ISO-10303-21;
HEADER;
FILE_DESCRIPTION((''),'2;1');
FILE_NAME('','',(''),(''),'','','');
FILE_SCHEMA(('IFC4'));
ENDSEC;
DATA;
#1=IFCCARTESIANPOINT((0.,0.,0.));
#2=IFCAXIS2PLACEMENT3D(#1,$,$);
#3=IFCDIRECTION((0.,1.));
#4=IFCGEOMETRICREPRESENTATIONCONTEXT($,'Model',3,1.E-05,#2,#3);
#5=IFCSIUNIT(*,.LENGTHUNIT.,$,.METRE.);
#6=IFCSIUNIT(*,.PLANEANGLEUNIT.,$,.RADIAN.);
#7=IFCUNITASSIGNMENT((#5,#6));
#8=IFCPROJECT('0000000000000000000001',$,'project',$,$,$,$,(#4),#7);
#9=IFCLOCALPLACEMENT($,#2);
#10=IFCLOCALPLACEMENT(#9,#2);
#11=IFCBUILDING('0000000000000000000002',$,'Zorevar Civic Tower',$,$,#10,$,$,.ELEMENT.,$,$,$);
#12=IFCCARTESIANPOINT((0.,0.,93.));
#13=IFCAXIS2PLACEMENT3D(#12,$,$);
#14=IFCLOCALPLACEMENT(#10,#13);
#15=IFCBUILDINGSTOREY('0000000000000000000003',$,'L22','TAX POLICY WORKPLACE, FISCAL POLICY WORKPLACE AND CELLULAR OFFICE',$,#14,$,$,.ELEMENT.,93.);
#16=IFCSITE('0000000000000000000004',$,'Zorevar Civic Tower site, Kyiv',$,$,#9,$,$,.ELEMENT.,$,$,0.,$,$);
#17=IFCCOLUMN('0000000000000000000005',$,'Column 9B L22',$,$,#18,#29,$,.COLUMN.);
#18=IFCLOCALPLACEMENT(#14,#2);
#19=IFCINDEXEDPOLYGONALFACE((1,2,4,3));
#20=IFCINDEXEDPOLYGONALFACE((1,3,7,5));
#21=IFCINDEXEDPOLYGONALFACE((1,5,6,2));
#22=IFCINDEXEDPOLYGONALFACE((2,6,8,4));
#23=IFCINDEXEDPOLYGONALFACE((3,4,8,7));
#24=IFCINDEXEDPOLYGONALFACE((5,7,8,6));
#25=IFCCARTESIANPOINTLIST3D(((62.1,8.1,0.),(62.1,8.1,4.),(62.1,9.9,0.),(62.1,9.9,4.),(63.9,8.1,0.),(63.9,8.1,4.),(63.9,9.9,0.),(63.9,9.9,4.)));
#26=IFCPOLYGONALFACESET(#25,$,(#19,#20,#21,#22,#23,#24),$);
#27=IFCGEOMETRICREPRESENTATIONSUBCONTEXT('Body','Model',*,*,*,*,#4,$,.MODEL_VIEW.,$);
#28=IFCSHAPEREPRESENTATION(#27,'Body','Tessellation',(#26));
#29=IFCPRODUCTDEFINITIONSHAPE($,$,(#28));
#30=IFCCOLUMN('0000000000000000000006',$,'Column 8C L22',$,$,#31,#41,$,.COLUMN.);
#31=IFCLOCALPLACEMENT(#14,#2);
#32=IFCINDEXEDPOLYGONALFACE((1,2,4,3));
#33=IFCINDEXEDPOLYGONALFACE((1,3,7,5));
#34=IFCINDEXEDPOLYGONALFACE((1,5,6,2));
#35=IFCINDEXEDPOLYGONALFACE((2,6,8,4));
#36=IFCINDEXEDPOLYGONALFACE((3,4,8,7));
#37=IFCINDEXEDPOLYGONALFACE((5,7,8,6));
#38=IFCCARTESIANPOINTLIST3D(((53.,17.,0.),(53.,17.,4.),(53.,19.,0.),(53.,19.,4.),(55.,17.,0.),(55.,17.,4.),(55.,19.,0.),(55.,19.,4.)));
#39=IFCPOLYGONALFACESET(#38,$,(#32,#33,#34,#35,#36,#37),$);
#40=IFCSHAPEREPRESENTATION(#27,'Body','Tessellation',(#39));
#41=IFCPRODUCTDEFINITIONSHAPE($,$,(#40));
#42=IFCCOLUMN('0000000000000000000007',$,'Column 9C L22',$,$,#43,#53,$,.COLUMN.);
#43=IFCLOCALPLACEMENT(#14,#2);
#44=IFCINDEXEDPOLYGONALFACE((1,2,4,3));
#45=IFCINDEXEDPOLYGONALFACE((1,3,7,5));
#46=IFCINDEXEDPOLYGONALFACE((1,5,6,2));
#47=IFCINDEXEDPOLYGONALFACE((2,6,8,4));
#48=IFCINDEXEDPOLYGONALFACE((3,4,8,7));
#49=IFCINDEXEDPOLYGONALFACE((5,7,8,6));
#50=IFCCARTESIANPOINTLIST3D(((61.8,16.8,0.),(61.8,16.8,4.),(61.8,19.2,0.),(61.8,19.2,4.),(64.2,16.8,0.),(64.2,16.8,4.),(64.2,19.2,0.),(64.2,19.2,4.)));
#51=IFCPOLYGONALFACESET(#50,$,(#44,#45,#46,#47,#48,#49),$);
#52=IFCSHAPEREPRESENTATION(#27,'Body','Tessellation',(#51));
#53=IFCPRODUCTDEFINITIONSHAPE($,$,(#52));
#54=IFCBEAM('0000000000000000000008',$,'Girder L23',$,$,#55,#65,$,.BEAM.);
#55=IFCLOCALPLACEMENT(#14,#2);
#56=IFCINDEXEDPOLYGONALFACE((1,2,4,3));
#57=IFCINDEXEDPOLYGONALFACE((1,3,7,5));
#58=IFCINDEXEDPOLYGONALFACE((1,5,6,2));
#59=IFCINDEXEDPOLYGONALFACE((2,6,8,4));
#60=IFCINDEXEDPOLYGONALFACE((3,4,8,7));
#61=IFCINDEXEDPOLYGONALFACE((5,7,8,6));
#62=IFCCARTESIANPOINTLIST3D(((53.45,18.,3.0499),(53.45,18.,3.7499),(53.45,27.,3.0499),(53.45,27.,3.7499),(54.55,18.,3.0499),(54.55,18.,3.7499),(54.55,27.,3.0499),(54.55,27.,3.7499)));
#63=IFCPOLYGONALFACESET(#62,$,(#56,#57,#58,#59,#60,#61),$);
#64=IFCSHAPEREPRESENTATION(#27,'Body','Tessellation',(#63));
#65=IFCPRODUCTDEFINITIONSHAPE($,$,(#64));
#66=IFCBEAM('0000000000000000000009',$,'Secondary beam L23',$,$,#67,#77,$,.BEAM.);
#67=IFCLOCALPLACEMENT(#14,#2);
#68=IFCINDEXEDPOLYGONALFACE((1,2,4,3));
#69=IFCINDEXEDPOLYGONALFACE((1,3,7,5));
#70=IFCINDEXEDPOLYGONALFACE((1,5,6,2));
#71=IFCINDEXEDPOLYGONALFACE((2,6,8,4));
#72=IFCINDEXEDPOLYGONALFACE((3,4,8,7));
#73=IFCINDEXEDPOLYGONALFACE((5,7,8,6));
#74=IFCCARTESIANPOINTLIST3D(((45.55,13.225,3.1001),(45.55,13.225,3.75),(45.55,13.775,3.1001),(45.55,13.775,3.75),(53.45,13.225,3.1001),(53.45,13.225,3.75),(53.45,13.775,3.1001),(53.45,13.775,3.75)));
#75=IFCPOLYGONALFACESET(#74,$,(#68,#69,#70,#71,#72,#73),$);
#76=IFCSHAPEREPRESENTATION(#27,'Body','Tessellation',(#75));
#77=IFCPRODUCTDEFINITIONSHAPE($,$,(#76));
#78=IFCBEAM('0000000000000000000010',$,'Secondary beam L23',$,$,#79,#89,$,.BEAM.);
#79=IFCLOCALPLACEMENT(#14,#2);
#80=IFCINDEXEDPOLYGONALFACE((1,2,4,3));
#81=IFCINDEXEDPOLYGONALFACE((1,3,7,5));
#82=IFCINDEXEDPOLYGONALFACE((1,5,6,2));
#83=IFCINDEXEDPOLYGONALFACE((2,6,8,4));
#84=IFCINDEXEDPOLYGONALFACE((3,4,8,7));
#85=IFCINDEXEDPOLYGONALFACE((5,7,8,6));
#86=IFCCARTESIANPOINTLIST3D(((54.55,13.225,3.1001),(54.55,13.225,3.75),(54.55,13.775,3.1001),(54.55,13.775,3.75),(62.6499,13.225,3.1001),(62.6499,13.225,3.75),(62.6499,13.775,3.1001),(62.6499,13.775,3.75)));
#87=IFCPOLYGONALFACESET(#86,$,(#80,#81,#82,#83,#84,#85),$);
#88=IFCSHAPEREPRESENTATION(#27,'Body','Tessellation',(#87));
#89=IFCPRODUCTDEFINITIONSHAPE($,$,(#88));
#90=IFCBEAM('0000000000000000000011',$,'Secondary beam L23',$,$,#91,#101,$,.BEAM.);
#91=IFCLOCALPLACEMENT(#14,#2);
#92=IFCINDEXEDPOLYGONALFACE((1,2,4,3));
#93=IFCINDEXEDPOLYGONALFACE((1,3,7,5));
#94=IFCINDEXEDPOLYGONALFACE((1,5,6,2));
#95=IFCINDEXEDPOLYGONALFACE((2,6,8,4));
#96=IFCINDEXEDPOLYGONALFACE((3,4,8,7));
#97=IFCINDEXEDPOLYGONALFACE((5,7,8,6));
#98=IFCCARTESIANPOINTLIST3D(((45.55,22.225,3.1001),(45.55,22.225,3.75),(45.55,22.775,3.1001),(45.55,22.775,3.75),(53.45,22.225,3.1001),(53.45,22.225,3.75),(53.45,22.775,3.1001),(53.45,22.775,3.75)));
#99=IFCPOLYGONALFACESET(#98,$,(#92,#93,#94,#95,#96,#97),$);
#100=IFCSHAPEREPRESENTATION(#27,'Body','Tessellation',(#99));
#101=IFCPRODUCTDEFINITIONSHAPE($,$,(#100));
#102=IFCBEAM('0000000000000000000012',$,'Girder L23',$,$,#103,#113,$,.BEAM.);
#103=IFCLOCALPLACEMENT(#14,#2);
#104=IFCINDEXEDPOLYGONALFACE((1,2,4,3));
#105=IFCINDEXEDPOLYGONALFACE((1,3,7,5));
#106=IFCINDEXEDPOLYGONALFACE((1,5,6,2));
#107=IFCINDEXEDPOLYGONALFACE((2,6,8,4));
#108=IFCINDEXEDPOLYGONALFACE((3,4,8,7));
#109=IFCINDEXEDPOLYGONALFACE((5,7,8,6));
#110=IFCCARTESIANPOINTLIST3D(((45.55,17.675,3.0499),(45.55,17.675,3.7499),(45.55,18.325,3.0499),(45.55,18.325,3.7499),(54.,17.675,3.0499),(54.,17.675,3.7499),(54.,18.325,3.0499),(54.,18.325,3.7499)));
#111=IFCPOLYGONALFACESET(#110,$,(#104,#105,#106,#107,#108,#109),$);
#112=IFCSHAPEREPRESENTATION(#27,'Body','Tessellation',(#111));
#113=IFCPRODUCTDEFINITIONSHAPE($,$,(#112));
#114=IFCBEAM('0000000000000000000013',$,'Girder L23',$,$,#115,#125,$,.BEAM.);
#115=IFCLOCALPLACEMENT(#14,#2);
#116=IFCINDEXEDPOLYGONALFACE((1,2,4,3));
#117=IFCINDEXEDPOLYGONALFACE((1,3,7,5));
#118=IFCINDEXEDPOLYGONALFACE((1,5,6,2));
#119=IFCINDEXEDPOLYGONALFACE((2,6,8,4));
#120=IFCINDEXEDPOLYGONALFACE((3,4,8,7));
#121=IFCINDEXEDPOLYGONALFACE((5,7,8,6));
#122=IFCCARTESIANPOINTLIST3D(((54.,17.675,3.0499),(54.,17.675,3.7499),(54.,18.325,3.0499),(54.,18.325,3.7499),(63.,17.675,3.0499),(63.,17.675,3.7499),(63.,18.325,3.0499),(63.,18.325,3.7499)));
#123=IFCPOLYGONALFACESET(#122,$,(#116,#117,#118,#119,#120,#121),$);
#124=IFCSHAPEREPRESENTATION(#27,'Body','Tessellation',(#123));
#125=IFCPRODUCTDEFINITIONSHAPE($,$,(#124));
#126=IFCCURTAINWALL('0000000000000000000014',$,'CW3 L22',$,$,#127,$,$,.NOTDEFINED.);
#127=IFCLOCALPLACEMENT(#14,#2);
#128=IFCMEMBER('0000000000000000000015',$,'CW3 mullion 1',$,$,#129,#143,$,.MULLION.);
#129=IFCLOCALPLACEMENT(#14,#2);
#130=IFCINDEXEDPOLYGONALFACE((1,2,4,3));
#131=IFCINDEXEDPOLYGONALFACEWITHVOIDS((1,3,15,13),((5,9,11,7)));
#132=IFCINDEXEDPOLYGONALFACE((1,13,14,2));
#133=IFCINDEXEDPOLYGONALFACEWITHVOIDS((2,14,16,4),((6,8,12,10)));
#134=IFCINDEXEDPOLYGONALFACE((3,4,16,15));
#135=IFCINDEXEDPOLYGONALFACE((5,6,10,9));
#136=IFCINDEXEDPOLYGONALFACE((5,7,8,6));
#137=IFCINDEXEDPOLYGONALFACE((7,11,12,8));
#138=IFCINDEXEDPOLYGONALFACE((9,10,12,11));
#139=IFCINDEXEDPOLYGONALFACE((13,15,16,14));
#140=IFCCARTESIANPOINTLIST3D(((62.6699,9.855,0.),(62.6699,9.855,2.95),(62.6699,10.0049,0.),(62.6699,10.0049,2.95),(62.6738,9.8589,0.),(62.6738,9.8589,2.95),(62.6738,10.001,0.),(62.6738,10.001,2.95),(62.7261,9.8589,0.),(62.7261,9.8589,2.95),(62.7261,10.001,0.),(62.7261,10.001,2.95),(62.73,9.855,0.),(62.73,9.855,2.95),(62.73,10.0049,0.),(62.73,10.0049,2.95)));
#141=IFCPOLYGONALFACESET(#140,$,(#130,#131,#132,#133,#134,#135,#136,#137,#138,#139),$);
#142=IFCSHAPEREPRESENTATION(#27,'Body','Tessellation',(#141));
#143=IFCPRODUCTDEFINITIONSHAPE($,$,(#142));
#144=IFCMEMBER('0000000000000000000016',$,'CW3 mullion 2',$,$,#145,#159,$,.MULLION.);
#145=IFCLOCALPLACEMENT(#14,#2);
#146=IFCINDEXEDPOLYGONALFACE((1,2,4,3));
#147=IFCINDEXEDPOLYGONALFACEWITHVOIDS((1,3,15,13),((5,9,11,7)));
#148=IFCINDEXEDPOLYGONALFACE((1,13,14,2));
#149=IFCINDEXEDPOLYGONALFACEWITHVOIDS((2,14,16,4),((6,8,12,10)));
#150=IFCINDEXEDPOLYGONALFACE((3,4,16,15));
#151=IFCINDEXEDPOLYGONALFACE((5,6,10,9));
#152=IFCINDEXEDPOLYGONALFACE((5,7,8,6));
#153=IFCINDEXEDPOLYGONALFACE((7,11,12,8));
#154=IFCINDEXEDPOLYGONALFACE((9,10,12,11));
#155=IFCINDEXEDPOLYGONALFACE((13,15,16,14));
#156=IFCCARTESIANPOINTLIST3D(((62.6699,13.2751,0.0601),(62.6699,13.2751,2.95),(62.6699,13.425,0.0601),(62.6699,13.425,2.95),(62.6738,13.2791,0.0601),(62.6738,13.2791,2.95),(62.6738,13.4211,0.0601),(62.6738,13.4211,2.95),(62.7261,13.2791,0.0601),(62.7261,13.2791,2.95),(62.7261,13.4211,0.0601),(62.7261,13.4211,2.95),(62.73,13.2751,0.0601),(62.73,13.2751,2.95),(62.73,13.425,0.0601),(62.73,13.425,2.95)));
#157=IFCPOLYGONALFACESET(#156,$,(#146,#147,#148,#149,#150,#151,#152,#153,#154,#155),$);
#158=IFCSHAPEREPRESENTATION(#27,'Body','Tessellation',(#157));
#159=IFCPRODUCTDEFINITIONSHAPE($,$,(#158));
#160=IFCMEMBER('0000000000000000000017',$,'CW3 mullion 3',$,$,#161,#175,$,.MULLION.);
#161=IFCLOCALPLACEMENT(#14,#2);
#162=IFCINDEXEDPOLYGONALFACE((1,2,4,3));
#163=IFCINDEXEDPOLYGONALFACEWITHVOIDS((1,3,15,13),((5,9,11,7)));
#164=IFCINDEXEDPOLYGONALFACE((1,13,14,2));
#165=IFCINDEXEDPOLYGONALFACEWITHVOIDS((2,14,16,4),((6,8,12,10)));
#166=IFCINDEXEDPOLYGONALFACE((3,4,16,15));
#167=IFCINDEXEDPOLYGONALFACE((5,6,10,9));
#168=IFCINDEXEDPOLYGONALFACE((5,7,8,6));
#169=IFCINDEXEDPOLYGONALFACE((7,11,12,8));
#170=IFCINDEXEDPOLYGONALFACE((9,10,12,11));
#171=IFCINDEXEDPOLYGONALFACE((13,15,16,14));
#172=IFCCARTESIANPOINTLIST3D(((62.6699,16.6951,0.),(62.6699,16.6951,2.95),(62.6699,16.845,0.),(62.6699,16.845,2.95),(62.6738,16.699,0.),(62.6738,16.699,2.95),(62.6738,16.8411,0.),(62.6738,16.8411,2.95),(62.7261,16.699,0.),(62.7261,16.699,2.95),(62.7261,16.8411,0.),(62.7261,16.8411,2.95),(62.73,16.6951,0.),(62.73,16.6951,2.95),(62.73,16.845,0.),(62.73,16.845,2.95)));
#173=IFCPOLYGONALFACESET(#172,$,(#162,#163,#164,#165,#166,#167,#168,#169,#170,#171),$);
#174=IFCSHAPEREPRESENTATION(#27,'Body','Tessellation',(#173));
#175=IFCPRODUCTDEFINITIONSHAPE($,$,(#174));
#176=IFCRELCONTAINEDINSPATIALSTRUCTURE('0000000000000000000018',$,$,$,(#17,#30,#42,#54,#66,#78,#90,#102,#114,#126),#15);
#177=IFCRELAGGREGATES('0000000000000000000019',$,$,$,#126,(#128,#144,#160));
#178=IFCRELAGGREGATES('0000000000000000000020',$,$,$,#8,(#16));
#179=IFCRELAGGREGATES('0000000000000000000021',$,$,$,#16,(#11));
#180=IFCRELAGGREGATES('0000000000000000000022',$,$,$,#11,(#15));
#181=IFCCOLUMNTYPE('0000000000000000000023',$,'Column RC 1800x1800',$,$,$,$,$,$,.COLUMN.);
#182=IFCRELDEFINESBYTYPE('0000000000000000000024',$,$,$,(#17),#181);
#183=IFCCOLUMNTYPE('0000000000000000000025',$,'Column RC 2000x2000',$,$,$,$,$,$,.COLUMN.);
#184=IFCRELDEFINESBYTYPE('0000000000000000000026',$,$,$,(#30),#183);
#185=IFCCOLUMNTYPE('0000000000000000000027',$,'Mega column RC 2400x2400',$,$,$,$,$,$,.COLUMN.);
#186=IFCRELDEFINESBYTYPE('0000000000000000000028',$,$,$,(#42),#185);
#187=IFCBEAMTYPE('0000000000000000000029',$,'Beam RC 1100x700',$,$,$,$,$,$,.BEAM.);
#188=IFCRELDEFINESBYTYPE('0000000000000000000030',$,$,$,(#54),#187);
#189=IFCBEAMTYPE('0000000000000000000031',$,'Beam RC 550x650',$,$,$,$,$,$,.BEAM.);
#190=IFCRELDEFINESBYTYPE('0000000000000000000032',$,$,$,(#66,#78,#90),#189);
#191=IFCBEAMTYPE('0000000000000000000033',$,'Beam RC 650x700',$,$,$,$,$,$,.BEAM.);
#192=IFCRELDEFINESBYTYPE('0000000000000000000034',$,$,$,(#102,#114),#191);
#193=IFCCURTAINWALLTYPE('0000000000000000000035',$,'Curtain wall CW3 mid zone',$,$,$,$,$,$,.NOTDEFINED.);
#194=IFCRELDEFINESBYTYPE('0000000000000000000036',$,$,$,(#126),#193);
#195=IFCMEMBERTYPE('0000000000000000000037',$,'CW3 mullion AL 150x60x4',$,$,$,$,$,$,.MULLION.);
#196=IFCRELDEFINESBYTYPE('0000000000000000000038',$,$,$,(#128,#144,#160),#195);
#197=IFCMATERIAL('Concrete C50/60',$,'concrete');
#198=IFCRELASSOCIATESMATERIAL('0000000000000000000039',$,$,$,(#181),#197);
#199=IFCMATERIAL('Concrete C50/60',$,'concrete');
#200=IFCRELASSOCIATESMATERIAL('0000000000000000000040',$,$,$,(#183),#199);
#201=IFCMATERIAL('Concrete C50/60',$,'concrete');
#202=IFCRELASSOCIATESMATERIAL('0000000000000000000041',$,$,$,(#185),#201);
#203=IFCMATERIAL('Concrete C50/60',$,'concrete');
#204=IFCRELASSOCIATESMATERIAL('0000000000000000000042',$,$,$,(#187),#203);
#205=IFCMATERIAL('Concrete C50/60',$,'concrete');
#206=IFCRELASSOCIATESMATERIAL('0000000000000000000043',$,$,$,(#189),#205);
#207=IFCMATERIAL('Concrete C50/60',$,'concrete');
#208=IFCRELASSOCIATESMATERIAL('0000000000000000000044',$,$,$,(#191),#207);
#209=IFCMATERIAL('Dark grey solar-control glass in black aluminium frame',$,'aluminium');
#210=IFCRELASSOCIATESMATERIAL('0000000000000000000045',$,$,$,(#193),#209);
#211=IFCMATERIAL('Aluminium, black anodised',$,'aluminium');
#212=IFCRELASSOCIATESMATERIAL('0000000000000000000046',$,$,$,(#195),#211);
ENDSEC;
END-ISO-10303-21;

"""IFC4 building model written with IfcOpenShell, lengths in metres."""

from ifc_helpers import new_model, si_unit, direction, frame, origin, origin_2d, place, context, subcontext, project, spatial, rectangle, hollow_rectangle, extrude, material, material_profile, profile_set, type_object, element, aggregate, save


model = new_model("IFC4")

# Units and contexts
model_context = context("Model", 3, precision=1e-05, world=origin(), true_north=direction((0.0, 1.0)))
body_context = subcontext(model_context, "Body", "Model", "MODEL_VIEW")
ifc_project = project(units=[si_unit("LENGTHUNIT", "METRE"), si_unit("PLANEANGLEUNIT", "RADIAN")], contexts=[model_context])

# Site, building, storey
site_placement = place(None, origin())
site = spatial("IfcSite", under=ifc_project, at=site_placement, Name="Zorevar Civic Tower site, Kyiv", CompositionType="ELEMENT", RefElevation=0.0)
building_placement = place(site_placement, origin())
building = spatial("IfcBuilding", under=site, at=building_placement, Name="Zorevar Civic Tower", CompositionType="ELEMENT")
storey_placement = place(building_placement, frame((0.0, 0.0, 93.0)))
storey = spatial("IfcBuildingStorey", under=building, at=storey_placement, Name="L22", Description="TAX POLICY WORKPLACE, FISCAL POLICY WORKPLACE AND CELLULAR OFFICE", CompositionType="ELEMENT", Elevation=93.0)

# Columns
ifc_material_1 = material(Name="Concrete C50/60", Category="concrete")
ifc_material_profile_1 = material_profile(ifc_material_1, rectangle(XDim=1.8, YDim=1.8, at=origin_2d()), Name="RC 1800x1800")
ifc_profile_set_1 = profile_set([ifc_material_profile_1], Name="Concrete C50/60")
column_type_1 = type_object("IfcColumnType", Name="Column RC 1800x1800", PredefinedType="COLUMN", material=ifc_profile_set_1)
column_1_placement = place(storey_placement, frame((63.0, 9.0, 0.0), z_axis=(0.0, 0.0, 1.0), x_axis=(1.0, 0.0, 0.0)))
element("IfcColumn", 1, at=column_1_placement, inside=storey, type_object=column_type_1, Name="Column 9B L22", PredefinedType="COLUMN", context=body_context, shape_type="SweptSolid", body=[
    extrude(rectangle(XDim=1.8, YDim=1.8, at=origin_2d()), origin(), (0.0, 0.0, 1.0), 4.0),
])
ifc_material_2 = material(Name="Concrete C50/60", Category="concrete")
ifc_material_profile_2 = material_profile(ifc_material_2, rectangle(XDim=2.0, YDim=2.0, at=origin_2d()), Name="RC 2000x2000")
ifc_profile_set_2 = profile_set([ifc_material_profile_2], Name="Concrete C50/60")
column_type_2 = type_object("IfcColumnType", Name="Column RC 2000x2000", PredefinedType="COLUMN", material=ifc_profile_set_2)
column_2_placement = place(storey_placement, frame((54.0, 18.0, 0.0), z_axis=(0.0, 0.0, 1.0), x_axis=(1.0, 0.0, 0.0)))
element("IfcColumn", 2, at=column_2_placement, inside=storey, type_object=column_type_2, Name="Column 8C L22", PredefinedType="COLUMN", context=body_context, shape_type="SweptSolid", body=[
    extrude(rectangle(XDim=2.0, YDim=2.0, at=origin_2d()), origin(), (0.0, 0.0, 1.0), 4.0),
])
ifc_material_3 = material(Name="Concrete C50/60", Category="concrete")
ifc_material_profile_3 = material_profile(ifc_material_3, rectangle(XDim=2.3999, YDim=2.3999, at=origin_2d()), Name="RC 2400x2400")
ifc_profile_set_3 = profile_set([ifc_material_profile_3], Name="Concrete C50/60")
column_type_3 = type_object("IfcColumnType", Name="Mega column RC 2400x2400", PredefinedType="COLUMN", material=ifc_profile_set_3)
column_3_placement = place(storey_placement, frame((63.0, 18.0, 0.0), z_axis=(0.0, 0.0, 1.0), x_axis=(1.0, 0.0, 0.0)))
element("IfcColumn", 3, at=column_3_placement, inside=storey, type_object=column_type_3, Name="Column 9C L22", PredefinedType="COLUMN", context=body_context, shape_type="SweptSolid", body=[
    extrude(rectangle(XDim=2.3999, YDim=2.3999, at=origin_2d()), origin(), (0.0, 0.0, 1.0), 4.0),
])

# Beams
ifc_material_4 = material(Name="Concrete C50/60", Category="concrete")
ifc_material_profile_4 = material_profile(ifc_material_4, rectangle(XDim=1.1001, YDim=0.7, at=origin_2d()), Name="RC 1100x700")
ifc_profile_set_4 = profile_set([ifc_material_profile_4], Name="Concrete C50/60")
beam_type_1 = type_object("IfcBeamType", Name="Beam RC 1100x700", PredefinedType="BEAM", material=ifc_profile_set_4)
beam_1_placement = place(storey_placement, frame((54.0, 18.0, 3.3999), z_axis=(0.0, 1.0, 0.0), x_axis=(-1.0, 0.0, 0.0)))
element("IfcBeam", 4, at=beam_1_placement, inside=storey, type_object=beam_type_1, Name="Girder L23", PredefinedType="BEAM", context=body_context, shape_type="SweptSolid", body=[
    extrude(rectangle(XDim=1.1001, YDim=0.7, at=origin_2d()), origin(), (0.0, 0.0, 1.0), 9.0),
])
ifc_material_5 = material(Name="Concrete C50/60", Category="concrete")
ifc_material_profile_5 = material_profile(ifc_material_5, rectangle(XDim=0.55, YDim=0.6499, at=origin_2d()), Name="RC 550x650")
ifc_profile_set_5 = profile_set([ifc_material_profile_5], Name="Concrete C50/60")
beam_type_2 = type_object("IfcBeamType", Name="Beam RC 550x650", PredefinedType="BEAM", material=ifc_profile_set_5)
beam_2_placement = place(storey_placement, frame((45.55, 13.5, 3.425), z_axis=(1.0, 0.0, 0.0), x_axis=(0.0, 1.0, 0.0)))
element("IfcBeam", 5, at=beam_2_placement, inside=storey, type_object=beam_type_2, Name="Secondary beam L23", PredefinedType="BEAM", context=body_context, shape_type="SweptSolid", body=[
    extrude(rectangle(XDim=0.55, YDim=0.6499, at=origin_2d()), origin(), (0.0, 0.0, 1.0), 7.8999),
])
beam_3_placement = place(storey_placement, frame((54.55, 13.5, 3.425), z_axis=(1.0, 0.0, 0.0), x_axis=(0.0, 1.0, 0.0)))
element("IfcBeam", 6, at=beam_3_placement, inside=storey, type_object=beam_type_2, Name="Secondary beam L23", PredefinedType="BEAM", context=body_context, shape_type="SweptSolid", body=[
    extrude(rectangle(XDim=0.55, YDim=0.6499, at=origin_2d()), origin(), (0.0, 0.0, 1.0), 8.0999),
])
beam_4_placement = place(storey_placement, frame((45.55, 22.5, 3.425), z_axis=(1.0, 0.0, 0.0), x_axis=(0.0, 1.0, 0.0)))
element("IfcBeam", 7, at=beam_4_placement, inside=storey, type_object=beam_type_2, Name="Secondary beam L23", PredefinedType="BEAM", context=body_context, shape_type="SweptSolid", body=[
    extrude(rectangle(XDim=0.55, YDim=0.6499, at=origin_2d()), origin(), (0.0, 0.0, 1.0), 7.8999),
])
ifc_material_6 = material(Name="Concrete C50/60", Category="concrete")
ifc_material_profile_6 = material_profile(ifc_material_6, rectangle(XDim=0.6499, YDim=0.7, at=origin_2d()), Name="RC 650x700")
ifc_profile_set_6 = profile_set([ifc_material_profile_6], Name="Concrete C50/60")
beam_type_3 = type_object("IfcBeamType", Name="Beam RC 650x700", PredefinedType="BEAM", material=ifc_profile_set_6)
beam_5_placement = place(storey_placement, frame((45.55, 18.0, 3.3999), z_axis=(1.0, 0.0, 0.0), x_axis=(0.0, 1.0, 0.0)))
element("IfcBeam", 8, at=beam_5_placement, inside=storey, type_object=beam_type_3, Name="Girder L23", PredefinedType="BEAM", context=body_context, shape_type="SweptSolid", body=[
    extrude(rectangle(XDim=0.6499, YDim=0.7, at=origin_2d()), origin(), (0.0, 0.0, 1.0), 8.45),
])
beam_6_placement = place(storey_placement, frame((54.0, 18.0, 3.3999), z_axis=(1.0, 0.0, 0.0), x_axis=(0.0, 1.0, 0.0)))
element("IfcBeam", 9, at=beam_6_placement, inside=storey, type_object=beam_type_3, Name="Girder L23", PredefinedType="BEAM", context=body_context, shape_type="SweptSolid", body=[
    extrude(rectangle(XDim=0.6499, YDim=0.7, at=origin_2d()), origin(), (0.0, 0.0, 1.0), 9.0),
])

# Curtain wall, members
ifc_material_7 = material(Name="Dark grey solar-control glass in black aluminium frame", Category="aluminium")
curtain_wall_type = type_object("IfcCurtainWallType", Name="Curtain wall CW3 mid zone", PredefinedType="NOTDEFINED", material=ifc_material_7)
curtain_wall_1_placement = place(storey_placement, origin())
curtain_wall_1 = element("IfcCurtainWall", 10, at=curtain_wall_1_placement, inside=storey, type_object=curtain_wall_type, Name="CW3 L22", PredefinedType="NOTDEFINED")
ifc_material_8 = material(Name="Aluminium, black anodised", Category="aluminium")
ifc_material_profile_7 = material_profile(ifc_material_8, hollow_rectangle(XDim=0.0601, YDim=0.1499, WallThickness=0.0039, at=origin_2d()), Name="AL 150x60x4")
ifc_profile_set_7 = profile_set([ifc_material_profile_7], Name="Aluminium, black anodised")
member_type_1 = type_object("IfcMemberType", Name="CW3 mullion AL 150x60x4", PredefinedType="MULLION", material=ifc_profile_set_7)
member_1_placement = place(storey_placement, frame((62.7, 9.9299, 0.0), z_axis=(0.0, 0.0, 1.0), x_axis=(-1.0, 0.0, 0.0)))
member_1 = element("IfcMember", 11, at=member_1_placement, type_object=member_type_1, Name="CW3 mullion 1", PredefinedType="MULLION", context=body_context, shape_type="SweptSolid", body=[
    extrude(hollow_rectangle(XDim=0.0601, YDim=0.1499, WallThickness=0.0039, at=origin_2d()), origin(), (0.0, 0.0, 1.0), 2.95),
])
member_2_placement = place(storey_placement, frame((62.7, 13.3501, 0.0601), z_axis=(0.0, 0.0, 1.0), x_axis=(-1.0, 0.0, 0.0)))
member_2 = element("IfcMember", 12, at=member_2_placement, type_object=member_type_1, Name="CW3 mullion 2", PredefinedType="MULLION", context=body_context, shape_type="SweptSolid", body=[
    extrude(hollow_rectangle(XDim=0.0601, YDim=0.1499, WallThickness=0.0039, at=origin_2d()), origin(), (0.0, 0.0, 1.0), 2.8899),
])
member_3_placement = place(storey_placement, frame((62.7, 16.77, 0.0), z_axis=(0.0, 0.0, 1.0), x_axis=(-1.0, 0.0, 0.0)))
member_3 = element("IfcMember", 13, at=member_3_placement, type_object=member_type_1, Name="CW3 mullion 3", PredefinedType="MULLION", context=body_context, shape_type="SweptSolid", body=[
    extrude(hollow_rectangle(XDim=0.0601, YDim=0.1499, WallThickness=0.0039, at=origin_2d()), origin(), (0.0, 0.0, 1.0), 2.95),
])

aggregate(curtain_wall_1, [member_1, member_2, member_3])

save(model, "model.ifc")
